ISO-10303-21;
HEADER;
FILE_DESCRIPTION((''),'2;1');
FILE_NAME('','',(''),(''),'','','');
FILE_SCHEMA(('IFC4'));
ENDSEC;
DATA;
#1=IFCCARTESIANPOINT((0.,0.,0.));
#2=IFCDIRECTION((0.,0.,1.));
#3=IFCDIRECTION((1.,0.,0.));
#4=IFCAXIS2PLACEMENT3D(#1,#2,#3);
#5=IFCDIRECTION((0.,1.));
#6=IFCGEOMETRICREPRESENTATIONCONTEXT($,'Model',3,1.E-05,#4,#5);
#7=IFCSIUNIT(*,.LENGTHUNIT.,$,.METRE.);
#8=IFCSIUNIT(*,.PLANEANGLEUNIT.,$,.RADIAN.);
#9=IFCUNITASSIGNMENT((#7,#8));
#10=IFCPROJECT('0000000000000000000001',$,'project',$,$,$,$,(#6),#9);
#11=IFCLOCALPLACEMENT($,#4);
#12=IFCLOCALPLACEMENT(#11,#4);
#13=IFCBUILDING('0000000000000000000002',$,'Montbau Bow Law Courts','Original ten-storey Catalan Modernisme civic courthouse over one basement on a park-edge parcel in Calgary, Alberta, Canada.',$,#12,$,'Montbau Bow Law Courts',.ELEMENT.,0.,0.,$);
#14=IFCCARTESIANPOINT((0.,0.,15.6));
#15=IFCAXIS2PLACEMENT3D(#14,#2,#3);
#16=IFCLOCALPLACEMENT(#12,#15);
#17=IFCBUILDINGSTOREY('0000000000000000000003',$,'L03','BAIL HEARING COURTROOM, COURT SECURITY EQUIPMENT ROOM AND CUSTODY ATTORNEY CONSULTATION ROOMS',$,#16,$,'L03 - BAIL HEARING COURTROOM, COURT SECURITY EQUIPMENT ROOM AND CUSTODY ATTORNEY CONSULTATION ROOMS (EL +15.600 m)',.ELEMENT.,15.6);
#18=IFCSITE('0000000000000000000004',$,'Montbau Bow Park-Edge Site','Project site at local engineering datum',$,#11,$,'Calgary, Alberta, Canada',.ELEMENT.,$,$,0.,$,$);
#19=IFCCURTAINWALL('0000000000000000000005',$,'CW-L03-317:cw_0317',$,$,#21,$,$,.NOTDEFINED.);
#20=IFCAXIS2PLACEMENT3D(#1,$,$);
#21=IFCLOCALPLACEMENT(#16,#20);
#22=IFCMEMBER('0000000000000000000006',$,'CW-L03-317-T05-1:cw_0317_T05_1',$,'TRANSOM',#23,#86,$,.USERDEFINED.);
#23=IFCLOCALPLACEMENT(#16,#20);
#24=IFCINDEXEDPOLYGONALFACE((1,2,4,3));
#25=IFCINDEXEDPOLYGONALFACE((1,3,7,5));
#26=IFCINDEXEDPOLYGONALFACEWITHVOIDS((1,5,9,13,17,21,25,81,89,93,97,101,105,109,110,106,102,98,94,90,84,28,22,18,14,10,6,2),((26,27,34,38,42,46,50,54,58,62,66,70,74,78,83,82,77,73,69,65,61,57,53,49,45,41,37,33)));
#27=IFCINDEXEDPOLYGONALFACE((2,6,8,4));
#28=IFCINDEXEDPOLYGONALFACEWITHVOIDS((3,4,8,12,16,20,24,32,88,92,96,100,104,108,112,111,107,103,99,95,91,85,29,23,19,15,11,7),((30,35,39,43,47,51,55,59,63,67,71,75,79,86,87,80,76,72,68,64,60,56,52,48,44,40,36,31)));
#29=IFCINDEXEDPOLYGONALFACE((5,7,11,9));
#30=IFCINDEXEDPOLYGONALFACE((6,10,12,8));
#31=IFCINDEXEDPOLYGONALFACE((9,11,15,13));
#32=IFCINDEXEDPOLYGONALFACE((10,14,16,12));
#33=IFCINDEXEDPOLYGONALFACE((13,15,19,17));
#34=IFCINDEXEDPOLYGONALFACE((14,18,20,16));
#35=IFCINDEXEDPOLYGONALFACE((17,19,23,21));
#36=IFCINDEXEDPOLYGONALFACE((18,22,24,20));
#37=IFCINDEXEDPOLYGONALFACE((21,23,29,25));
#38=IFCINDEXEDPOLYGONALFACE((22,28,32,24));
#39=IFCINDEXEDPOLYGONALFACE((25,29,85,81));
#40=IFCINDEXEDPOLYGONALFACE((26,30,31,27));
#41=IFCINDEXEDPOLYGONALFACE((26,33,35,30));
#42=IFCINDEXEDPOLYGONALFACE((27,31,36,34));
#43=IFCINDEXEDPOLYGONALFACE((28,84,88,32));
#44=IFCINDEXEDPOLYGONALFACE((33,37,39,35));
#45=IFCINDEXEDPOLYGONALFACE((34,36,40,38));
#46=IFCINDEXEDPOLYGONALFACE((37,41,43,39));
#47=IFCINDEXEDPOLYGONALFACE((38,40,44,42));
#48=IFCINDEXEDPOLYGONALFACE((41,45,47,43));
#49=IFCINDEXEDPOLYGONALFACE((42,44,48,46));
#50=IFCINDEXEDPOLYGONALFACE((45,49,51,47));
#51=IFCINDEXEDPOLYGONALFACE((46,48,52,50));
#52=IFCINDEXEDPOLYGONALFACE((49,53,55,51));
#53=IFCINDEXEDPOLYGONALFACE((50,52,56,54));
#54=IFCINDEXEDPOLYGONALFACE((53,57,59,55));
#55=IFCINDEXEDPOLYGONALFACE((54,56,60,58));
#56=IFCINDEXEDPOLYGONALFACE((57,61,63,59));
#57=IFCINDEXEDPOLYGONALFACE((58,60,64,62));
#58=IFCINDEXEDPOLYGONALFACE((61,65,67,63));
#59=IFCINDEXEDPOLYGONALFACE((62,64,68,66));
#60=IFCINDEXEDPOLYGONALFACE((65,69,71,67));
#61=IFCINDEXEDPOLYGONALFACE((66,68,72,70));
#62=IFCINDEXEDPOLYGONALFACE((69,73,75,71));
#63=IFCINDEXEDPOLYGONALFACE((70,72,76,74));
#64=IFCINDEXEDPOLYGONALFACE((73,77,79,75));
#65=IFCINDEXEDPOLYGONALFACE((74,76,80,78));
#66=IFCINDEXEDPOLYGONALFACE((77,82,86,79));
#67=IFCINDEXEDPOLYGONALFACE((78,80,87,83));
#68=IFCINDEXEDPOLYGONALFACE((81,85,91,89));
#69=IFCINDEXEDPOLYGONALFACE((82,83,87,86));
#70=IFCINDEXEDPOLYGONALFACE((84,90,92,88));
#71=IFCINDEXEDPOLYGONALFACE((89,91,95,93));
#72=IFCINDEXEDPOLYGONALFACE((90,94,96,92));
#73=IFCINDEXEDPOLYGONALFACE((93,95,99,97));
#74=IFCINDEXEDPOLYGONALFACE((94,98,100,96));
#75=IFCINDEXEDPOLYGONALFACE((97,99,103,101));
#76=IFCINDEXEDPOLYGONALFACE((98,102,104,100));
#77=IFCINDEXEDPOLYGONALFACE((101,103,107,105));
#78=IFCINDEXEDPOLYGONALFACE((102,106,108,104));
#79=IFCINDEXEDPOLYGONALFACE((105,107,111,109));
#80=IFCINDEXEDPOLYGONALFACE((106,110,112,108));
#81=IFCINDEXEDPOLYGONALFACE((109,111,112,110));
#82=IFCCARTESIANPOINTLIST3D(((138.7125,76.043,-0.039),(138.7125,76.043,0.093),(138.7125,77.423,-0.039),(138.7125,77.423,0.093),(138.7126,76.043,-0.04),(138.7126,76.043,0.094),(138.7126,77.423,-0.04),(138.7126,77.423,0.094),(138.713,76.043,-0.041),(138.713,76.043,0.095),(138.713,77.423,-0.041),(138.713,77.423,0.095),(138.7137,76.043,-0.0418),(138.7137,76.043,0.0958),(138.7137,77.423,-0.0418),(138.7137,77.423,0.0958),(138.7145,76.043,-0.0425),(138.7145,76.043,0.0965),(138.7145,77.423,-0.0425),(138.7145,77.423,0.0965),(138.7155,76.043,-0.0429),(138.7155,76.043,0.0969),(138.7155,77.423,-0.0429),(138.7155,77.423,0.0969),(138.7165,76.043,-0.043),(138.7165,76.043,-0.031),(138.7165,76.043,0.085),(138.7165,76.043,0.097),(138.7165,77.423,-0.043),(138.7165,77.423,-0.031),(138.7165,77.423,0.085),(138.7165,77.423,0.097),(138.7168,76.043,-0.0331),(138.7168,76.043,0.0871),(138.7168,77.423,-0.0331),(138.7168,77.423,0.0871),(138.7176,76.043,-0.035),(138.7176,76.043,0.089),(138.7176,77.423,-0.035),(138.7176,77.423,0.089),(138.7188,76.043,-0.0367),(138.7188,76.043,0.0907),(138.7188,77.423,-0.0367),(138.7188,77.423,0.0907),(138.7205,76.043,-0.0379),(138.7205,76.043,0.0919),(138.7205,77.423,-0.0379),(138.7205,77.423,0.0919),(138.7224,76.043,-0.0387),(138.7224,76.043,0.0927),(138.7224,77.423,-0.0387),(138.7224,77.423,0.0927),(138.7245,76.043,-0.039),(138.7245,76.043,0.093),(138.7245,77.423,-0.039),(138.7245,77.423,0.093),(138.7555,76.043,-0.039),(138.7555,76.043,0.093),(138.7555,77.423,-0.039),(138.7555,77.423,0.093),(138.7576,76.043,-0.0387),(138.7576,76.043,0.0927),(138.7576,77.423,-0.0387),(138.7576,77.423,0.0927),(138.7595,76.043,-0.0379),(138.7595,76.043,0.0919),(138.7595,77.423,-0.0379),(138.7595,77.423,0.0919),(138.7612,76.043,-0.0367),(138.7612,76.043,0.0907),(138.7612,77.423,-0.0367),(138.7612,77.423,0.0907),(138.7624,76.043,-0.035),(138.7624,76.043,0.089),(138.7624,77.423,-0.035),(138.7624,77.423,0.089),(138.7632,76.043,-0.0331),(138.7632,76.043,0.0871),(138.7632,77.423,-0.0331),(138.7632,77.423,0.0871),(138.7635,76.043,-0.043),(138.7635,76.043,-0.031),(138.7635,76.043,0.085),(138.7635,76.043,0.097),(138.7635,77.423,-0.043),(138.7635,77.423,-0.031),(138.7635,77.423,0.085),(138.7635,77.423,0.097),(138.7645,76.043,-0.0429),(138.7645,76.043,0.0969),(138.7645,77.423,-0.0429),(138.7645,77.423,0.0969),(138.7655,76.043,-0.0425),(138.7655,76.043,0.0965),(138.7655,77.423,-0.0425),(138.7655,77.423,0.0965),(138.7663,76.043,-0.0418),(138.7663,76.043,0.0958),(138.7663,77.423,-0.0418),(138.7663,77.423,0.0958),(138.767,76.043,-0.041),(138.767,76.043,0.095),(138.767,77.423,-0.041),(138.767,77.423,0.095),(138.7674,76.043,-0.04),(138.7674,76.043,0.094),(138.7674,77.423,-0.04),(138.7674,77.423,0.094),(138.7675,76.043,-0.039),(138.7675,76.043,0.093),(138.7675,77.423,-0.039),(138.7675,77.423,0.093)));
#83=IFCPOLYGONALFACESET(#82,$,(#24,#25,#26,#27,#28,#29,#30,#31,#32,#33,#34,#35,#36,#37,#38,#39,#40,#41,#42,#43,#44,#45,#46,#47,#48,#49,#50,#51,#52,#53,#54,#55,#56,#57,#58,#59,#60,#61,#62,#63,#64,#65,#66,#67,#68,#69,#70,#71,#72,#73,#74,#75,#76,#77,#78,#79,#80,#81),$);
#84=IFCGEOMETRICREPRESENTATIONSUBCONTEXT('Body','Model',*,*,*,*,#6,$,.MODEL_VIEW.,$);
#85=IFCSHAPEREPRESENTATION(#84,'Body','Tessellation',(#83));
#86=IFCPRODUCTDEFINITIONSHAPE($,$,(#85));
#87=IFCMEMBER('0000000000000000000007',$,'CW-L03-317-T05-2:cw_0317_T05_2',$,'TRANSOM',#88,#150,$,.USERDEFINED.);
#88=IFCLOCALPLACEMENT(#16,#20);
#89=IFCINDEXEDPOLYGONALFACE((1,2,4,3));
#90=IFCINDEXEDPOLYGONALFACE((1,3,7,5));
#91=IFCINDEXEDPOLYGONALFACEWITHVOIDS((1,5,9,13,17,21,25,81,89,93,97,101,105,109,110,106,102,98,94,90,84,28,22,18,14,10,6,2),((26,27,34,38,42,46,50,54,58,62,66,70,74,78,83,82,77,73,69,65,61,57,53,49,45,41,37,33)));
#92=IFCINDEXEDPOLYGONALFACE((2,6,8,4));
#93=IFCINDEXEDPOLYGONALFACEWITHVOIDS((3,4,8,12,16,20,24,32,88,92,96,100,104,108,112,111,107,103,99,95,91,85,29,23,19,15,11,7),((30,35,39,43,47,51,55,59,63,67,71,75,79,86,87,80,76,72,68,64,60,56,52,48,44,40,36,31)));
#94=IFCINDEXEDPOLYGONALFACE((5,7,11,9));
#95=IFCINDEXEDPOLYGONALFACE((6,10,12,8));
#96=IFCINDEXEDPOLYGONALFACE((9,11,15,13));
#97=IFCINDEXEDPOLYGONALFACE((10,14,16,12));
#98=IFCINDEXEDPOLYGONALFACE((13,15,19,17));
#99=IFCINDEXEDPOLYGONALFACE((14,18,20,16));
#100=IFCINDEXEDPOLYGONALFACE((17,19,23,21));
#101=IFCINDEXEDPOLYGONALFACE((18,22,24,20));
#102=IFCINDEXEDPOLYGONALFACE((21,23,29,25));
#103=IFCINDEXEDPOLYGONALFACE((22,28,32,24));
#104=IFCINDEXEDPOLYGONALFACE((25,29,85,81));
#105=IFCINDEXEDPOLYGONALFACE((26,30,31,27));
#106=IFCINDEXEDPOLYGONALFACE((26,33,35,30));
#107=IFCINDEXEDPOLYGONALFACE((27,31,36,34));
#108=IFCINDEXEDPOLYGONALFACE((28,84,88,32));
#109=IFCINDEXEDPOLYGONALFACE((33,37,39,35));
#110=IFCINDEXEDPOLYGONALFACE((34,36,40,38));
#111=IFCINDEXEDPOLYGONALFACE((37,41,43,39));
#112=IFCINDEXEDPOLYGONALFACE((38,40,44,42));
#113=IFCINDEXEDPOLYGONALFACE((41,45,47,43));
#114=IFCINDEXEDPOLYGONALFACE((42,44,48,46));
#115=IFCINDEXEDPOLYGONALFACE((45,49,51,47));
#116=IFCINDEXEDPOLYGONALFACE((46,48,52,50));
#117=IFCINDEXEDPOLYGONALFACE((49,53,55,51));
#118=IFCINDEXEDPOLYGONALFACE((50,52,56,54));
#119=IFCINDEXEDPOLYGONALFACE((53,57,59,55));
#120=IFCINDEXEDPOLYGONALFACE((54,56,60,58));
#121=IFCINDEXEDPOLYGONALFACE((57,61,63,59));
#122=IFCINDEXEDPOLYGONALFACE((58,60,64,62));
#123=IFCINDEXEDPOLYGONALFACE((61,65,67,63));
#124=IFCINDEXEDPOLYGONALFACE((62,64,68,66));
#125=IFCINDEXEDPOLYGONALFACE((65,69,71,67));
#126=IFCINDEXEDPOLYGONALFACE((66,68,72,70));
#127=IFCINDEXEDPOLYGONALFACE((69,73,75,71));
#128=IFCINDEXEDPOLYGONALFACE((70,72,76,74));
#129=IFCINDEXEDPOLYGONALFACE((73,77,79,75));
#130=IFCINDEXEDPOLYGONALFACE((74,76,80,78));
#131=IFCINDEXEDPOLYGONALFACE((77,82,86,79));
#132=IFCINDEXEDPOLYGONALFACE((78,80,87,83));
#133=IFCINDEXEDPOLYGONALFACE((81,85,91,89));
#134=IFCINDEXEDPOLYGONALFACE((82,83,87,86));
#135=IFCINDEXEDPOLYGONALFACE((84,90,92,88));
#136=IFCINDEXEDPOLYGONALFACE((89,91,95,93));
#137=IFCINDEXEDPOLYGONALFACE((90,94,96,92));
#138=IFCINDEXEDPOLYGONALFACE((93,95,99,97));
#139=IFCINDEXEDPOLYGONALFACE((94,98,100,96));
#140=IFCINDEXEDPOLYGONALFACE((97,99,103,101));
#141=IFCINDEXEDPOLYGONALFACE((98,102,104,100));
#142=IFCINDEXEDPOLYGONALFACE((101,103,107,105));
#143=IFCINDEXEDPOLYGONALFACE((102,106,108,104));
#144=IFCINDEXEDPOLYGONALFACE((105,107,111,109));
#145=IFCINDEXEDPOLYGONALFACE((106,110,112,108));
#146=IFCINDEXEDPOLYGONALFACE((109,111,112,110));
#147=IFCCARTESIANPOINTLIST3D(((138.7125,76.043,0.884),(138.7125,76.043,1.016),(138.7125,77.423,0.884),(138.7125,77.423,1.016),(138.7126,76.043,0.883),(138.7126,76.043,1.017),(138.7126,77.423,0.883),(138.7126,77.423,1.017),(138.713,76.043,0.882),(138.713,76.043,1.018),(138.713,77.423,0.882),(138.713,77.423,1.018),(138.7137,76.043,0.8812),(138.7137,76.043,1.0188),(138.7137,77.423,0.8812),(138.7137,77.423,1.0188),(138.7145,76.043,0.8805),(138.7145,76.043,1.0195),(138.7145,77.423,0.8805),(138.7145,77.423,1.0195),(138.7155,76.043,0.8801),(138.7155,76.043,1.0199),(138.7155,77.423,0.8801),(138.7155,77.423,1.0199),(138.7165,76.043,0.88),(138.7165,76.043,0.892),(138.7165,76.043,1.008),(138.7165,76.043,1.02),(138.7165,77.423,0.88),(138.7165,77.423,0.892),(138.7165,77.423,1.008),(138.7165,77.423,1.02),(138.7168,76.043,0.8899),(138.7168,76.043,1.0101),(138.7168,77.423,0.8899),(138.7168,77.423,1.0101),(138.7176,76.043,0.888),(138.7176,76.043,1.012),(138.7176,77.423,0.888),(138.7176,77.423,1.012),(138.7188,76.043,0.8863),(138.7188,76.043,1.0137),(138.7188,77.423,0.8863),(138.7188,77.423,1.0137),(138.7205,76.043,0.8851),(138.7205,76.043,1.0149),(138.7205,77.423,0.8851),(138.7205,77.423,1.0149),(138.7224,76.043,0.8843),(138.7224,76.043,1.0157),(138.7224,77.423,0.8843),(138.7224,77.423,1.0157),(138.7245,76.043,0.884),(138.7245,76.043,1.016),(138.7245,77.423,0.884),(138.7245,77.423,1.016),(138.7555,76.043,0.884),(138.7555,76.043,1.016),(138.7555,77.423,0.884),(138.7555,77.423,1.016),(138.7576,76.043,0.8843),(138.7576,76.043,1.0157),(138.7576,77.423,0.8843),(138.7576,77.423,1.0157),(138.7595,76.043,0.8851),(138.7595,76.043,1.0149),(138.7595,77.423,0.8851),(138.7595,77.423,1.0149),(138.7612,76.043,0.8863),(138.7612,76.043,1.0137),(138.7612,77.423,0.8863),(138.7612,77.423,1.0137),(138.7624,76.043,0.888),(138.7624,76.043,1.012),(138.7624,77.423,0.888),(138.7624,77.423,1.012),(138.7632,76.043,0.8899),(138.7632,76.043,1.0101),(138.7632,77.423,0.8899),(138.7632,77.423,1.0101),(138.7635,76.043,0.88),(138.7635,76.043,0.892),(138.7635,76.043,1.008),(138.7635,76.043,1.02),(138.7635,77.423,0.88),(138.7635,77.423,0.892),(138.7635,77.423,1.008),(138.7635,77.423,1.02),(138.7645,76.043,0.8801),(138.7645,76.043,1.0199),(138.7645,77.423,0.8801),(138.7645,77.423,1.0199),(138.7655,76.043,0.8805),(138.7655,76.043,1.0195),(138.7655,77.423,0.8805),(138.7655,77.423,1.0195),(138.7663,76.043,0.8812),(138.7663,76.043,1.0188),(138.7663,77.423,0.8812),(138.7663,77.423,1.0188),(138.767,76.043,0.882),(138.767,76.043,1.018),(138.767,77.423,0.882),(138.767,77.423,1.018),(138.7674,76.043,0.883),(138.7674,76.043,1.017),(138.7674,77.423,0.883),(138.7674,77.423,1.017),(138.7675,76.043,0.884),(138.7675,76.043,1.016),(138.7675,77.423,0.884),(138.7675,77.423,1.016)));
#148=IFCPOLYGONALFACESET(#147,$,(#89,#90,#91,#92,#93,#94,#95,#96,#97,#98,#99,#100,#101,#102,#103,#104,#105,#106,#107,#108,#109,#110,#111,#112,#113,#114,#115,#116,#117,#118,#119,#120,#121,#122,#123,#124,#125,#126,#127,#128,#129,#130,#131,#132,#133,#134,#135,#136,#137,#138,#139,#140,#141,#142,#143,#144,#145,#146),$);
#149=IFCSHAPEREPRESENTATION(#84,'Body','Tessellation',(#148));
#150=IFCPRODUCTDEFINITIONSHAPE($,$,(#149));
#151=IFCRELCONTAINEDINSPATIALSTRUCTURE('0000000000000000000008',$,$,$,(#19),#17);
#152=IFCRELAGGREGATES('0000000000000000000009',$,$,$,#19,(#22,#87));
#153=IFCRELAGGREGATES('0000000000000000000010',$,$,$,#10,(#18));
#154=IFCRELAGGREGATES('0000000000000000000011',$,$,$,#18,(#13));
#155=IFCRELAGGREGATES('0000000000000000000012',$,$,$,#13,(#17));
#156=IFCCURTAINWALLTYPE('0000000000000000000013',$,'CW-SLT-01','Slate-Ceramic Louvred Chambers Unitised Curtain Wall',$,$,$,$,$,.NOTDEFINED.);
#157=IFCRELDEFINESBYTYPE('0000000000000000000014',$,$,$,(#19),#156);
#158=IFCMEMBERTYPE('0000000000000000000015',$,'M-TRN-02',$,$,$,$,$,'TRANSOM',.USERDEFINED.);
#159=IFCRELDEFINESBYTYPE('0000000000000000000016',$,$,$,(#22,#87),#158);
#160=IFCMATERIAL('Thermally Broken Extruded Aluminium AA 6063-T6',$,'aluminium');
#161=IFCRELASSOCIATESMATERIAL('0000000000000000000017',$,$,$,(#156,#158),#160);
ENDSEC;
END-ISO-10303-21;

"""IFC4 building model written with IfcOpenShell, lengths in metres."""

from ifc_helpers import new_model, si_unit, direction, frame, origin_with_axes, origin_2d_with_axis, place, context, subcontext, project, spatial, hollow_rectangle, extrude, material, material_profile, profile_set, type_object, element, aggregate, save


model = new_model("IFC4")

# Units and contexts
model_context = context("Model", 3, precision=1e-05, world=origin_with_axes(), true_north=direction((0.0, 1.0)))
body_context = subcontext(model_context, "Body", "Model", "MODEL_VIEW")
ifc_project = project(units=[si_unit("LENGTHUNIT", "METRE"), si_unit("PLANEANGLEUNIT", "RADIAN")], contexts=[model_context])

# Site, building, storey
site_placement = place(None, origin_with_axes())
site = spatial("IfcSite", under=ifc_project, at=site_placement, Name="Montbau Bow Park-Edge Site", Description="Project site at local engineering datum", LongName="Calgary, Alberta, Canada", CompositionType="ELEMENT", RefElevation=0.0)
building_placement = place(site_placement, origin_with_axes())
building = spatial("IfcBuilding", under=site, at=building_placement, Name="Montbau Bow Law Courts", Description="Original ten-storey Catalan Modernisme civic courthouse over one basement on a park-edge parcel in Calgary, Alberta, Canada.", LongName="Montbau Bow Law Courts", CompositionType="ELEMENT", ElevationOfRefHeight=0.0, ElevationOfTerrain=0.0)
storey_placement = place(building_placement, frame((0.0, 0.0, 15.6), z_axis=(0.0, 0.0, 1.0), x_axis=(1.0, 0.0, 0.0)))
storey = spatial("IfcBuildingStorey", under=building, at=storey_placement, Name="L03", Description="BAIL HEARING COURTROOM, COURT SECURITY EQUIPMENT ROOM AND CUSTODY ATTORNEY CONSULTATION ROOMS", LongName="L03 - BAIL HEARING COURTROOM, COURT SECURITY EQUIPMENT ROOM AND CUSTODY ATTORNEY CONSULTATION ROOMS (EL +15.600 m)", CompositionType="ELEMENT", Elevation=15.6)

# Shared definitions
ifc_material_1 = material(Name="Thermally Broken Extruded Aluminium AA 6063-T6", Category="aluminium")
curtain_wall_type = type_object("IfcCurtainWallType", Name="CW-SLT-01", Description="Slate-Ceramic Louvred Chambers Unitised Curtain Wall", PredefinedType="NOTDEFINED", material=ifc_material_1)

# Curtain wall
curtain_wall_1_placement = place(None, frame((138.74, 70.115, 15.6), z_axis=(0.0, 0.0, 1.0), x_axis=(1.0, 0.0, 0.0)))
curtain_wall_1 = element("IfcCurtainWall", 1, at=curtain_wall_1_placement, inside=storey, type_object=curtain_wall_type, Name="CW-L03-317:cw_0317", PredefinedType="NOTDEFINED")

# Members
ifc_material_profile_1 = material_profile(ifc_material_1, hollow_rectangle(XDim=0.055, YDim=0.14, WallThickness=0.004, InnerFilletRadius=0.008, OuterFilletRadius=0.004, at=origin_2d_with_axis()), Name="CWT-140X55", Category="Main", Priority=0)
ifc_profile_set_1 = profile_set([ifc_material_profile_1], Name="Thermally Broken Extruded Aluminium AA 6063-T6")
member_type_1 = type_object("IfcMemberType", Name="M-TRN-02", ElementType="TRANSOM", PredefinedType="USERDEFINED", material=ifc_profile_set_1)
member_1_placement = place(None, frame((138.74, 76.043, 15.627), z_axis=(0.0, 1.0, 0.0), x_axis=(-1.0, 0.0, 0.0)))
member_1 = element("IfcMember", 2, at=member_1_placement, type_object=member_type_1, Name="CW-L03-317-T05-1:cw_0317_T05_1", ObjectType="TRANSOM", PredefinedType="USERDEFINED", context=body_context, shape_type="SweptSolid", body=[
    extrude(hollow_rectangle(XDim=0.055, YDim=0.14, WallThickness=0.004, InnerFilletRadius=0.008, OuterFilletRadius=0.004, at=origin_2d_with_axis()), origin_with_axes(), (0.0, 0.0, 1.0), 1.38),
])
member_2_placement = place(None, frame((138.74, 76.043, 16.55), z_axis=(0.0, 1.0, 0.0), x_axis=(-1.0, 0.0, 0.0)))
member_2 = element("IfcMember", 3, at=member_2_placement, type_object=member_type_1, Name="CW-L03-317-T05-2:cw_0317_T05_2", ObjectType="TRANSOM", PredefinedType="USERDEFINED", context=body_context, shape_type="SweptSolid", body=[
    extrude(hollow_rectangle(XDim=0.055, YDim=0.14, WallThickness=0.004, InnerFilletRadius=0.008, OuterFilletRadius=0.004, at=origin_2d_with_axis()), origin_with_axes(), (0.0, 0.0, 1.0), 1.38),
])

aggregate(curtain_wall_1, [member_1, member_2])

save(model, "model.ifc")
